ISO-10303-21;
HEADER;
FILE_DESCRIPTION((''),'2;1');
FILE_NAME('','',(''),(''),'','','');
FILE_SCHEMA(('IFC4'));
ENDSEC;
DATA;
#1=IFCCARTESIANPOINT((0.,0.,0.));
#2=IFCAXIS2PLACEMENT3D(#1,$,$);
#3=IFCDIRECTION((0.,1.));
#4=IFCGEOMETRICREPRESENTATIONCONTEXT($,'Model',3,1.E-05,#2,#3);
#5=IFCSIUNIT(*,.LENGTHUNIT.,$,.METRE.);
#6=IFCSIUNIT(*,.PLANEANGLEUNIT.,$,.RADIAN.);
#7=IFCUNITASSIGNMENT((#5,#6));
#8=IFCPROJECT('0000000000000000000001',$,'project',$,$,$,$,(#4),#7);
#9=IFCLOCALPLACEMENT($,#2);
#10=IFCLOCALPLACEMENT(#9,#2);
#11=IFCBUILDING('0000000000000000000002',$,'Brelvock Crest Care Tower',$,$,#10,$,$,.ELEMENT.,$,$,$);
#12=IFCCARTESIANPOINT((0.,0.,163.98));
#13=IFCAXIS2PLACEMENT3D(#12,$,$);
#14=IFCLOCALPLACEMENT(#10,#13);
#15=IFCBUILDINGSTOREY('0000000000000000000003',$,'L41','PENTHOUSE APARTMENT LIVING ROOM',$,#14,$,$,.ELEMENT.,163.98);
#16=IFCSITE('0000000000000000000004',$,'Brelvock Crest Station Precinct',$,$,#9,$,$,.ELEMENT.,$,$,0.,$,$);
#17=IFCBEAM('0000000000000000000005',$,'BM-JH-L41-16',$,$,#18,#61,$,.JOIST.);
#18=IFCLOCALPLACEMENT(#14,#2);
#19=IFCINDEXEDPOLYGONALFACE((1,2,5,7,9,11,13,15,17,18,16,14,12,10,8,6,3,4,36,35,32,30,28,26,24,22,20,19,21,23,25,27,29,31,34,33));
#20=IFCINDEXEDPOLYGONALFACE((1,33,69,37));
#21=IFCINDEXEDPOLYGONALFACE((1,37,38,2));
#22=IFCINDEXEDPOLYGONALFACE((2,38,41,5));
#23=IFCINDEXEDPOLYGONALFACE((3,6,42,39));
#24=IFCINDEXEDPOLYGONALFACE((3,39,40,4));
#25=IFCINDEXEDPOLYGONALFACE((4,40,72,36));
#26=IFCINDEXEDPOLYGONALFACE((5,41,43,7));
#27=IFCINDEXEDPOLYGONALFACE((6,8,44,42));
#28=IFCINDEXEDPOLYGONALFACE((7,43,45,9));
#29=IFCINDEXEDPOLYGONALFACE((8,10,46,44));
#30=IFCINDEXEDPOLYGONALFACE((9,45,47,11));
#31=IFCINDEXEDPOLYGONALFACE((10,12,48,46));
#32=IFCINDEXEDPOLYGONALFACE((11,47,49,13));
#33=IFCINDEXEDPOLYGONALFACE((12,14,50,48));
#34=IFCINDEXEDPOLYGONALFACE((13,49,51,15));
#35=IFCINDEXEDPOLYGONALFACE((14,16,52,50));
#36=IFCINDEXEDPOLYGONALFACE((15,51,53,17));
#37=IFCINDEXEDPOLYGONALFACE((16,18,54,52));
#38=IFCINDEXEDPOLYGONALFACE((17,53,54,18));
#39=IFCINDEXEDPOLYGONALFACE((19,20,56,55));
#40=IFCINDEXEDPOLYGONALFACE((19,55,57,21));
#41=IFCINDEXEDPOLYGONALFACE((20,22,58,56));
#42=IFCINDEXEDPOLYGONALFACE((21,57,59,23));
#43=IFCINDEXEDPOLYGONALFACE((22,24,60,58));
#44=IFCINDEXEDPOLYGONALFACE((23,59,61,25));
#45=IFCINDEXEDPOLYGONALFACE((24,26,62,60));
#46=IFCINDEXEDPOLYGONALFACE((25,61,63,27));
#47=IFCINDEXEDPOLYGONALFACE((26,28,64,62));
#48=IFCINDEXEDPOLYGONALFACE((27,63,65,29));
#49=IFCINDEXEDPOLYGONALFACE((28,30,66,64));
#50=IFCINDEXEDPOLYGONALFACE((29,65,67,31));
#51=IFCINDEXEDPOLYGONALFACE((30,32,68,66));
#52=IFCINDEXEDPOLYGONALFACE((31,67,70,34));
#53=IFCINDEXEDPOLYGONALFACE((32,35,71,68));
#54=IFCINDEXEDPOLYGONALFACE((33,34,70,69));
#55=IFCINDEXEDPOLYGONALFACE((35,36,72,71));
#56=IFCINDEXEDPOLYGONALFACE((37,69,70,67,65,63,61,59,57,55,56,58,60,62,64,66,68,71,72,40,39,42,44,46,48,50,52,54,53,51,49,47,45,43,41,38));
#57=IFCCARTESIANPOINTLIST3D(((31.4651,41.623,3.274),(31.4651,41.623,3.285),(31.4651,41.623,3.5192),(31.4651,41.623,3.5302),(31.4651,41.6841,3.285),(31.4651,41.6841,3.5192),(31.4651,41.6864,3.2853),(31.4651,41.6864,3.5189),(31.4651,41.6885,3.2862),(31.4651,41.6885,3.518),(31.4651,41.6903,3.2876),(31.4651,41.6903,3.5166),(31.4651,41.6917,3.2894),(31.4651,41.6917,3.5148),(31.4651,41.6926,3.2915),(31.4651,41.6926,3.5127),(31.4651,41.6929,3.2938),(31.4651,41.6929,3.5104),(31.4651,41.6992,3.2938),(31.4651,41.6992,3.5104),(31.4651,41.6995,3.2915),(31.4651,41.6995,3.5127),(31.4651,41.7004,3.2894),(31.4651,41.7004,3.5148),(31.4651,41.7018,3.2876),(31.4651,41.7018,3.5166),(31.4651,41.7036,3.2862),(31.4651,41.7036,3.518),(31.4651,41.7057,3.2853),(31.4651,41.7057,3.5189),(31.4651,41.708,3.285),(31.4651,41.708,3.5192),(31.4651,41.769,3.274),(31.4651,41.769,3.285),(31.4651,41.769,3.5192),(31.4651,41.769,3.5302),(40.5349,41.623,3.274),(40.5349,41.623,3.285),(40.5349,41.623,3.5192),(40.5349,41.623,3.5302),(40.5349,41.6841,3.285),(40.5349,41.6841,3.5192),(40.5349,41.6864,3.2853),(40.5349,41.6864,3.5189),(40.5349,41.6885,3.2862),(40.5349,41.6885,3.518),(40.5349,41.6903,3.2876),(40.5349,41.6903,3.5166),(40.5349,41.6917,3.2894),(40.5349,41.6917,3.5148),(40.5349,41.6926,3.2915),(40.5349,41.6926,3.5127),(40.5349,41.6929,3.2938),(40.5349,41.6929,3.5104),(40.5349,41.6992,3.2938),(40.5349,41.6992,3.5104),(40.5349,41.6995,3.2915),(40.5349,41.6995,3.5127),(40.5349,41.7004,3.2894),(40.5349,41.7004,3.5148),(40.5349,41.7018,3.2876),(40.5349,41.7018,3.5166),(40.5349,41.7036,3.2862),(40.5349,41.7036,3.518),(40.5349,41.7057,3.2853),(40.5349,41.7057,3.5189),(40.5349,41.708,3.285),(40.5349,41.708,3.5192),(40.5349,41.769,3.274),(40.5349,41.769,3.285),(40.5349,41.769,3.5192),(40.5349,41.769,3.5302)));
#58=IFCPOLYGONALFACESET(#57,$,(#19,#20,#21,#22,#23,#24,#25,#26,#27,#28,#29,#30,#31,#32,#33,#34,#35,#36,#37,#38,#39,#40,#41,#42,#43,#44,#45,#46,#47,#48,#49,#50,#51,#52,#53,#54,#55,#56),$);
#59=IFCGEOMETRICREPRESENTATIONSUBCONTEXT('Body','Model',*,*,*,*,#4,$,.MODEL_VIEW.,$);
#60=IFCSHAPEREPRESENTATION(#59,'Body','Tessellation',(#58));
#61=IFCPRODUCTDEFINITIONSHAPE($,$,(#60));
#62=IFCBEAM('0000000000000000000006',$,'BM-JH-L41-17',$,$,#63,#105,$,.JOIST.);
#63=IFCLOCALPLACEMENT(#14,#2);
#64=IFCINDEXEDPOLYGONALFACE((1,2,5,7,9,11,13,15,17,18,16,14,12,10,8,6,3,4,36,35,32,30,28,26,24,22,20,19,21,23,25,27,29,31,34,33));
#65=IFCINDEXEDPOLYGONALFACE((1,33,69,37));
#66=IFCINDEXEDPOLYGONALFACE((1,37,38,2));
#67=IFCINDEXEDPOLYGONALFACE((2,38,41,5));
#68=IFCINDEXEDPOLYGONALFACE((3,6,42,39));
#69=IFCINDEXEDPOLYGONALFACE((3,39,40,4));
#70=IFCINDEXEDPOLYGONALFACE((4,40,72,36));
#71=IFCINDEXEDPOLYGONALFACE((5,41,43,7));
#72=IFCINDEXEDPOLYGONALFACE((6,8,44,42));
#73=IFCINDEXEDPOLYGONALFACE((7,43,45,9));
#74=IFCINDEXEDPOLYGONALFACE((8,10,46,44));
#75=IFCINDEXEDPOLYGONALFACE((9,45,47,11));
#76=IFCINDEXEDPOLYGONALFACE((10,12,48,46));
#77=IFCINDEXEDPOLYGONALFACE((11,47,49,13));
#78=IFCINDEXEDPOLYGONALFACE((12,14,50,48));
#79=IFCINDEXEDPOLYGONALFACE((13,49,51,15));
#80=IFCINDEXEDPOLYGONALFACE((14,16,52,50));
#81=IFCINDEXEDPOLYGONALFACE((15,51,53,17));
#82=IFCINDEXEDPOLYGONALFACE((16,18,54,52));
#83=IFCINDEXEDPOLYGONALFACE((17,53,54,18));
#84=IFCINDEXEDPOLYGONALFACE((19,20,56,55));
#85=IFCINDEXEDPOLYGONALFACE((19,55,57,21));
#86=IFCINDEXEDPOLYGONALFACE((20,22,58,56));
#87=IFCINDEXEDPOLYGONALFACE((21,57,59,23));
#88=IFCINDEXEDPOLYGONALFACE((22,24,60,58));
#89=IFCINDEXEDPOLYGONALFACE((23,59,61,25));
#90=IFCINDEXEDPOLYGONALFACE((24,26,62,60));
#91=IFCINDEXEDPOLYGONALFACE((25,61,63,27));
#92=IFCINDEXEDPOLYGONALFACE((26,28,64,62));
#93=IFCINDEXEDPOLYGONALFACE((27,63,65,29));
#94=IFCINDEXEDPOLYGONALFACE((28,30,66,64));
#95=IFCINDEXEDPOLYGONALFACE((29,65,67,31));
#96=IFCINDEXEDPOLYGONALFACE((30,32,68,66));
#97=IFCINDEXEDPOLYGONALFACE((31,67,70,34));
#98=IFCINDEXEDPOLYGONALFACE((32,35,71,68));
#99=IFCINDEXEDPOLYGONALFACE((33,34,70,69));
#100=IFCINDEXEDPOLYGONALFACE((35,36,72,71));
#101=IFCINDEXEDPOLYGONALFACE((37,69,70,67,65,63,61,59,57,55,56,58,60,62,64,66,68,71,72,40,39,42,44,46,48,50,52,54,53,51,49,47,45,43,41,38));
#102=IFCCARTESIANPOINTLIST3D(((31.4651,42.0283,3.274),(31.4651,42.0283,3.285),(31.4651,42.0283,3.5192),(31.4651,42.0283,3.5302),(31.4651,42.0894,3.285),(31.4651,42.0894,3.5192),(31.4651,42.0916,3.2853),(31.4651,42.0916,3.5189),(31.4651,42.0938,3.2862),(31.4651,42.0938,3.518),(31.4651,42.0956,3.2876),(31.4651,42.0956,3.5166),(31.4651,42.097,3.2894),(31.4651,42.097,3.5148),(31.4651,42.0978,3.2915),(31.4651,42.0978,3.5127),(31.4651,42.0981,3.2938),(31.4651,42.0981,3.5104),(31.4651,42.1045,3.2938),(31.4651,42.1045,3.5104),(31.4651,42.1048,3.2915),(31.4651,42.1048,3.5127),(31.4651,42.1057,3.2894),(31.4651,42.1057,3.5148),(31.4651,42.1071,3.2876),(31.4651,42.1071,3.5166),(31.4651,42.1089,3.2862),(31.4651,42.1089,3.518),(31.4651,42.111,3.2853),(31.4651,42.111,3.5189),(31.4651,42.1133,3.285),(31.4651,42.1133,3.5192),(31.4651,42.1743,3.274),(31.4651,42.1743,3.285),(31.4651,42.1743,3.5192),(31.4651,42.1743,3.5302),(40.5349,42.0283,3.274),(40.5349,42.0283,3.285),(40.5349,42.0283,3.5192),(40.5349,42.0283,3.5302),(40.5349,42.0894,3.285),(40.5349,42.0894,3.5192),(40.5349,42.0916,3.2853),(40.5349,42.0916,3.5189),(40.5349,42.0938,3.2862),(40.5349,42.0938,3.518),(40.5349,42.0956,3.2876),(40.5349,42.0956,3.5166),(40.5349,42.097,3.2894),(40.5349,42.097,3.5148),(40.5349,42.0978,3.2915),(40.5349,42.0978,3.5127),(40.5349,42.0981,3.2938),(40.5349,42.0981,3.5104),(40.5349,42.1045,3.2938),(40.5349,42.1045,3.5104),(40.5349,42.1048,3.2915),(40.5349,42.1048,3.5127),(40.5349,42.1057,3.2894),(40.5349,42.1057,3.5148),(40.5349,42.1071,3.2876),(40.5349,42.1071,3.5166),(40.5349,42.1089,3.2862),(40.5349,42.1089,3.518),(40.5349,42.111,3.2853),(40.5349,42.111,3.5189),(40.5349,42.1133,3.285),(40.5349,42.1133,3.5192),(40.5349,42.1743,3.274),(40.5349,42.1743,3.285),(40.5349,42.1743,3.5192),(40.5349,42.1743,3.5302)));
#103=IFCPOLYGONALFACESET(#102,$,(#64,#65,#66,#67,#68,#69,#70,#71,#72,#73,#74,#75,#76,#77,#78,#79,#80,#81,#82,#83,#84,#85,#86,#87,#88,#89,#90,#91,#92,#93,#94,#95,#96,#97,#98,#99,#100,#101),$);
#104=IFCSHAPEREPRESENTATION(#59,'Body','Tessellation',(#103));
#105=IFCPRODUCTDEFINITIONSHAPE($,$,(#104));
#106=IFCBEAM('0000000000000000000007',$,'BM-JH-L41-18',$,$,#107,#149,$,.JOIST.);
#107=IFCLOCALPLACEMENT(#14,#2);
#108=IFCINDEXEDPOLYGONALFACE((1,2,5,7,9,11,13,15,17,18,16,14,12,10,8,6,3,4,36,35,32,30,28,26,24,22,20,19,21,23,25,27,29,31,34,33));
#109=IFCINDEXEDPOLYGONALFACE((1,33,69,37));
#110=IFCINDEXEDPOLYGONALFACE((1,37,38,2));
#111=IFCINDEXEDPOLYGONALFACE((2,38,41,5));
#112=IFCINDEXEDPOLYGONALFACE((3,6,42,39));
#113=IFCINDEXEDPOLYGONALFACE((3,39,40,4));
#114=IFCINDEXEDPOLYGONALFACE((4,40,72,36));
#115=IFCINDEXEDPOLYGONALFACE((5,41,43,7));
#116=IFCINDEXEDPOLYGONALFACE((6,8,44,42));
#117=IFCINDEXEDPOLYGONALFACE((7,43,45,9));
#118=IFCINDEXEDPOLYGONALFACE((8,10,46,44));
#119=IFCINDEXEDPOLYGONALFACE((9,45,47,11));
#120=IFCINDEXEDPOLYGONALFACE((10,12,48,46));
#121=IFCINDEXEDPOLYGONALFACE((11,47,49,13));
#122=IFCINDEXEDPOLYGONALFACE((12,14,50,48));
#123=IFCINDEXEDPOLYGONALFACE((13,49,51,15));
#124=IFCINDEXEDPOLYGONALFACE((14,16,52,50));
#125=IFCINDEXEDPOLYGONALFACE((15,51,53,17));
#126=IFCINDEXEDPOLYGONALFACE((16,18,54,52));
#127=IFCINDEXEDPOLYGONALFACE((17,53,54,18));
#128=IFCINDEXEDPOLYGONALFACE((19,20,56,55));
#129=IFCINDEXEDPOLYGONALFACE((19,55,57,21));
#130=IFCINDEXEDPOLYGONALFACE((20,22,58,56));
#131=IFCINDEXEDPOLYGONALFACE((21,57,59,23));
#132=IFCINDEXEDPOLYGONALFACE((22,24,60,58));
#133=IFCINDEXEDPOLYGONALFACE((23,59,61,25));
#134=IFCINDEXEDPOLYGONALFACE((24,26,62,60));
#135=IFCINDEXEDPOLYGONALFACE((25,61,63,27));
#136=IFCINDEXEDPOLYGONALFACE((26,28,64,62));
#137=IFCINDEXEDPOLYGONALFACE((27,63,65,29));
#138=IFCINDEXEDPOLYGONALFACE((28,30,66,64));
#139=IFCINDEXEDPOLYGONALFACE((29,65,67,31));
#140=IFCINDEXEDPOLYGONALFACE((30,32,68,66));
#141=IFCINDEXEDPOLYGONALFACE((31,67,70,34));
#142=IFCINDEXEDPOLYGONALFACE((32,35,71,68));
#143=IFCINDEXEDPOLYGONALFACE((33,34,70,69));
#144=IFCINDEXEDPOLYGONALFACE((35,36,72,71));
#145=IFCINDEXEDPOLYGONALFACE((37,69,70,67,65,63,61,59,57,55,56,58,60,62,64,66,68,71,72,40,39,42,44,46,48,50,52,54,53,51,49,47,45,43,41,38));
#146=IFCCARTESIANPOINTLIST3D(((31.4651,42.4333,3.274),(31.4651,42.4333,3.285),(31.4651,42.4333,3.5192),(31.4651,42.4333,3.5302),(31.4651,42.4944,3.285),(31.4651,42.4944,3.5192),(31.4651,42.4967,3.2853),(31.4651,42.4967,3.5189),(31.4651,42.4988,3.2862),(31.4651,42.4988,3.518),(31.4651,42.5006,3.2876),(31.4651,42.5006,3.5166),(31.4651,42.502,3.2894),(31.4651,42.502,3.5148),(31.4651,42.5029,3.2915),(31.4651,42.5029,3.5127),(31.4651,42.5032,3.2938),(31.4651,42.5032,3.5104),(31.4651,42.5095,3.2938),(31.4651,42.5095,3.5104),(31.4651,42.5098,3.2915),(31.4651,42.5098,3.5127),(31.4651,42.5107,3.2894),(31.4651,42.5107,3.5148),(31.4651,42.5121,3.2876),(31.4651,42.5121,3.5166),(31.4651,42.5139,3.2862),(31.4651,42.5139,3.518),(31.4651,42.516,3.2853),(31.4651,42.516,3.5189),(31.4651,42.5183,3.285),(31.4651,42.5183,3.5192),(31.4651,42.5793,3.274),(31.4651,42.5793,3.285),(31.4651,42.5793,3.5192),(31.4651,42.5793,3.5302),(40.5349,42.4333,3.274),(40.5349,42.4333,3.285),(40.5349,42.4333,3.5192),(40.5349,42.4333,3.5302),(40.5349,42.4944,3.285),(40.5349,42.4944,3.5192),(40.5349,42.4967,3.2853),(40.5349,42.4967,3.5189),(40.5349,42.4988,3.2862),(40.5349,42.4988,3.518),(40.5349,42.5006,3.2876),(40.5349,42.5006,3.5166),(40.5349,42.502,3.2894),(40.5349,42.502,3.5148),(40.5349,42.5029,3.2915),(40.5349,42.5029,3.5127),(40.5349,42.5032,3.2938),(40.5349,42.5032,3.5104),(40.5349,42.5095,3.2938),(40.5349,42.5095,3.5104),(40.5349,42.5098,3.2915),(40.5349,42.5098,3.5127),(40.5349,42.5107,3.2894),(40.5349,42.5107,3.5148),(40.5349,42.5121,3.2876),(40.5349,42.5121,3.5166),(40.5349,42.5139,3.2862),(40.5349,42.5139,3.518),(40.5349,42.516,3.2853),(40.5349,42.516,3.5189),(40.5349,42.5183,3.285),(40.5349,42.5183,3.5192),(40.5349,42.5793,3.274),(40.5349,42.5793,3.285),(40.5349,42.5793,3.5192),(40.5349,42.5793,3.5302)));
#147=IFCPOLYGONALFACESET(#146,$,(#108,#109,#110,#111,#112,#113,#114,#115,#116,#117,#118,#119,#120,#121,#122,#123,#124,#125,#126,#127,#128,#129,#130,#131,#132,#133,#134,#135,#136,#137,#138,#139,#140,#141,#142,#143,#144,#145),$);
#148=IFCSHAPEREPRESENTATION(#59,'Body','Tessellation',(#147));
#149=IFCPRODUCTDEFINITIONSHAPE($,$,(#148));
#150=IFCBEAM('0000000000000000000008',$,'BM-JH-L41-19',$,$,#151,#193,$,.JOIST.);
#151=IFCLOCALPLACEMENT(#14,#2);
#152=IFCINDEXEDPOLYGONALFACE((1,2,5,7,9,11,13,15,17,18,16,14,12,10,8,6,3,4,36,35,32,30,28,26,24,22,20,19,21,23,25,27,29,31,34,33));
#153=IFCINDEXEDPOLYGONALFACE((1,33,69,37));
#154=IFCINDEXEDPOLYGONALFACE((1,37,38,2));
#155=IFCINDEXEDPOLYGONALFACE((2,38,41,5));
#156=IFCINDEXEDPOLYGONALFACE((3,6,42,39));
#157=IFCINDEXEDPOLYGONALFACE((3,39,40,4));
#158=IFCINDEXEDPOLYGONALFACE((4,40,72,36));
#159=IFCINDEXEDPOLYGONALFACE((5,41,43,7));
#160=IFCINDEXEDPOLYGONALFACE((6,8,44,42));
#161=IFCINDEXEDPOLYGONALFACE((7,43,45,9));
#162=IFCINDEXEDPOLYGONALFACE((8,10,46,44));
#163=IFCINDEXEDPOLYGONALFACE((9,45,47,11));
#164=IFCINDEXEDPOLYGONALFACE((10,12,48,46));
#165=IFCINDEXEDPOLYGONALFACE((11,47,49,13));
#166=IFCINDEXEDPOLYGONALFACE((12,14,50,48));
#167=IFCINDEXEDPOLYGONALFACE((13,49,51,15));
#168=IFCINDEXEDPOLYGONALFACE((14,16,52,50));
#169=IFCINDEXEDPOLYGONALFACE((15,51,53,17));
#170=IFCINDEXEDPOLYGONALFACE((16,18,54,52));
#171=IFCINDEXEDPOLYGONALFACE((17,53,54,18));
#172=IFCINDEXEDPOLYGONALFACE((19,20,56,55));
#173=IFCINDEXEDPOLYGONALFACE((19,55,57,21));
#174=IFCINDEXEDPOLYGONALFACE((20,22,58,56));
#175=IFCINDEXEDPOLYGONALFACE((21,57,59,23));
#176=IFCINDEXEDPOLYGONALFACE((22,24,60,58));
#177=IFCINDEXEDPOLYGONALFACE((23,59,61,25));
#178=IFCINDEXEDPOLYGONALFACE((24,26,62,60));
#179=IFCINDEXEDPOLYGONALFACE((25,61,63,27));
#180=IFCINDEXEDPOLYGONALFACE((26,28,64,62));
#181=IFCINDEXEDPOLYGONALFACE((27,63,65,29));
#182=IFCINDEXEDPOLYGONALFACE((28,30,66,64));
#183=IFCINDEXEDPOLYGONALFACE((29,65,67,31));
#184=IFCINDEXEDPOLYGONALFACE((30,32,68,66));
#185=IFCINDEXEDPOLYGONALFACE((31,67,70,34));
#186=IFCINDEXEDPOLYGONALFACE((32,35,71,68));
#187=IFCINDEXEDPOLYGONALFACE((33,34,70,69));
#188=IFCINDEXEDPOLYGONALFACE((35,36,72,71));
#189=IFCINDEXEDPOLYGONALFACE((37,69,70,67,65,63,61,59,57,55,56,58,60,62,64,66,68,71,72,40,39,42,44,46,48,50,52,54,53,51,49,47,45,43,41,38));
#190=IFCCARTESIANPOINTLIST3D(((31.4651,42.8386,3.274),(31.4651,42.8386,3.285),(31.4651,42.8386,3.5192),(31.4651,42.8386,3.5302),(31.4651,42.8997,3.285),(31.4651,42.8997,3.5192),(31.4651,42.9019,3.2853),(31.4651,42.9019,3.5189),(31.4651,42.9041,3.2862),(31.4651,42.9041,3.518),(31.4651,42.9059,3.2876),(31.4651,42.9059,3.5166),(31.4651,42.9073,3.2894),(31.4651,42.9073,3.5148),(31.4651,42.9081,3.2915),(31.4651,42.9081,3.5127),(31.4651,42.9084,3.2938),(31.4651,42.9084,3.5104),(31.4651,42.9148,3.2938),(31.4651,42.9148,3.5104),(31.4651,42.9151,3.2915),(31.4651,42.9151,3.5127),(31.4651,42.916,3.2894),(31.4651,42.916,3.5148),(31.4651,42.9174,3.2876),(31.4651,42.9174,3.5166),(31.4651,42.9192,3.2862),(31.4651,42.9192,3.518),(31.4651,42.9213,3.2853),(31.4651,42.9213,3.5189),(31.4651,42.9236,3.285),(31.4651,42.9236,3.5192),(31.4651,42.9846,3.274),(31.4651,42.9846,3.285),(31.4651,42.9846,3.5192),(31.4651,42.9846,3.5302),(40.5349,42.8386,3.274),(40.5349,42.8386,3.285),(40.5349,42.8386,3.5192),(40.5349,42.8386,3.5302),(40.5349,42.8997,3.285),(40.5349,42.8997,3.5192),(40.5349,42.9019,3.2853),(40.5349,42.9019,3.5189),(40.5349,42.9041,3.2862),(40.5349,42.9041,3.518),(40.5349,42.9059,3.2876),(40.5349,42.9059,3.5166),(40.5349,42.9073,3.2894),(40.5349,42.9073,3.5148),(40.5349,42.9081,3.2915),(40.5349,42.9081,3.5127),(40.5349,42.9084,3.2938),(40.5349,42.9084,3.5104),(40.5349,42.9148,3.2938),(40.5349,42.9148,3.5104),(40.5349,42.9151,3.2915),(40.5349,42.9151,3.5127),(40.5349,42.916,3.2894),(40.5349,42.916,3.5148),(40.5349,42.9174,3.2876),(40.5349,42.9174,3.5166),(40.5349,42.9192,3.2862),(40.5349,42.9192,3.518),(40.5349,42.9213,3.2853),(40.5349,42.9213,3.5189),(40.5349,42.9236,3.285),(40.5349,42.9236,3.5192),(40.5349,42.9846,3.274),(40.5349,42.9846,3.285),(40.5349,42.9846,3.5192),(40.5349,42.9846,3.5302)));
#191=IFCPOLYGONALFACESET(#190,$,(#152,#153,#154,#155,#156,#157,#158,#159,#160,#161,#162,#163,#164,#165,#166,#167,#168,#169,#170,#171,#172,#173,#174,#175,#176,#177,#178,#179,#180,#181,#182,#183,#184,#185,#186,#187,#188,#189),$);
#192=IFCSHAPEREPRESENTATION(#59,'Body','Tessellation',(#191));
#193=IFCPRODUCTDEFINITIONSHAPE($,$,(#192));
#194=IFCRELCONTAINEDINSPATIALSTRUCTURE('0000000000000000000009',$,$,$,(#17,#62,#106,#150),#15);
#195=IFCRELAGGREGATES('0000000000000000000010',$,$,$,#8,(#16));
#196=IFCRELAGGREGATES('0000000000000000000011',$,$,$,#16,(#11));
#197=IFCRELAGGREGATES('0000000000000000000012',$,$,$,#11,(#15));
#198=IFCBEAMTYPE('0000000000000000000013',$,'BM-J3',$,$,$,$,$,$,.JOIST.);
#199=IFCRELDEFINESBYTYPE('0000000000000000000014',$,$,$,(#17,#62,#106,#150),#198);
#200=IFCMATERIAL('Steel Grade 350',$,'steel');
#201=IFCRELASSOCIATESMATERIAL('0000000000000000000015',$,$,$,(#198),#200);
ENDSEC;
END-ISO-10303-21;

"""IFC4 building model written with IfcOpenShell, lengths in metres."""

from ifc_helpers import new_model, si_unit, direction, frame, origin, origin_2d, place, context, subcontext, project, spatial, i_section, extrude, source, transform, mapped, material, material_profile, profile_set, type_object, element, save


model = new_model("IFC4")

# Units and contexts
model_context = context("Model", 3, precision=1e-05, world=origin(), true_north=direction((0.0, 1.0)))
body_context = subcontext(model_context, "Body", "Model", "MODEL_VIEW")
ifc_project = project(units=[si_unit("LENGTHUNIT", "METRE"), si_unit("PLANEANGLEUNIT", "RADIAN")], contexts=[model_context])

# Site, building, storey
site_placement = place(None, origin())
site = spatial("IfcSite", under=ifc_project, at=site_placement, Name="Brelvock Crest Station Precinct", CompositionType="ELEMENT", RefElevation=0.0)
building_placement = place(site_placement, origin())
building = spatial("IfcBuilding", under=site, at=building_placement, Name="Brelvock Crest Care Tower", CompositionType="ELEMENT")
storey_placement = place(building_placement, frame((0.0, 0.0, 163.98)))
storey = spatial("IfcBuildingStorey", under=building, at=storey_placement, Name="L41", Description="PENTHOUSE APARTMENT LIVING ROOM", CompositionType="ELEMENT", Elevation=163.98)

# Beams
ifc_material = material(Name="Steel Grade 350", Category="steel")
ifc_material_profile = material_profile(ifc_material, i_section(OverallWidth=0.146, OverallDepth=0.2561, WebThickness=0.0063, FlangeThickness=0.011, FilletRadius=0.0088, at=origin_2d()), Name="250UB37.3")
ifc_profile_set = profile_set([ifc_material_profile], Name="Steel Grade 350")
beam_type = type_object("IfcBeamType", Name="BM-J3", PredefinedType="JOIST", material=ifc_profile_set)
shared_shape = source(origin(), body_context, "Body", "SweptSolid", [
    extrude(i_section(OverallWidth=0.146, OverallDepth=0.2561, WebThickness=0.0063, FlangeThickness=0.011, FilletRadius=0.0088, at=origin_2d()), origin(), (0.0, 0.0, 1.0), 9.0698),
])
for number, where, z_axis, x_axis, name in (
    (1, (31.4651, 41.696, 3.4021), (1.0, 0.0, 0.0), (0.0, 1.0, 0.0), "BM-JH-L41-16"),
    (2, (31.4651, 42.1013, 3.4021), (1.0, 0.0, 0.0), (0.0, 1.0, 0.0), "BM-JH-L41-17"),
    (3, (31.4651, 42.5063, 3.4021), (1.0, 0.0, 0.0), (0.0, 1.0, 0.0), "BM-JH-L41-18"),
    (4, (31.4651, 42.9116, 3.4021), (1.0, 0.0, 0.0), (0.0, 1.0, 0.0), "BM-JH-L41-19"),
):
    element("IfcBeam", number, at=place(storey_placement, frame(where, z_axis=z_axis, x_axis=x_axis)), inside=storey, type_object=beam_type, Name=name, PredefinedType="JOIST", context=body_context, shape_type="MappedRepresentation", body=[
        mapped(shared_shape, transform((0.0, 0.0, 0.0), x_axis=(1.0, 0.0, 0.0), y_axis=(0.0, 1.0, 0.0), z_axis=(0.0, 0.0, 1.0), scale=1.0)),
    ])

save(model, "model.ifc")
